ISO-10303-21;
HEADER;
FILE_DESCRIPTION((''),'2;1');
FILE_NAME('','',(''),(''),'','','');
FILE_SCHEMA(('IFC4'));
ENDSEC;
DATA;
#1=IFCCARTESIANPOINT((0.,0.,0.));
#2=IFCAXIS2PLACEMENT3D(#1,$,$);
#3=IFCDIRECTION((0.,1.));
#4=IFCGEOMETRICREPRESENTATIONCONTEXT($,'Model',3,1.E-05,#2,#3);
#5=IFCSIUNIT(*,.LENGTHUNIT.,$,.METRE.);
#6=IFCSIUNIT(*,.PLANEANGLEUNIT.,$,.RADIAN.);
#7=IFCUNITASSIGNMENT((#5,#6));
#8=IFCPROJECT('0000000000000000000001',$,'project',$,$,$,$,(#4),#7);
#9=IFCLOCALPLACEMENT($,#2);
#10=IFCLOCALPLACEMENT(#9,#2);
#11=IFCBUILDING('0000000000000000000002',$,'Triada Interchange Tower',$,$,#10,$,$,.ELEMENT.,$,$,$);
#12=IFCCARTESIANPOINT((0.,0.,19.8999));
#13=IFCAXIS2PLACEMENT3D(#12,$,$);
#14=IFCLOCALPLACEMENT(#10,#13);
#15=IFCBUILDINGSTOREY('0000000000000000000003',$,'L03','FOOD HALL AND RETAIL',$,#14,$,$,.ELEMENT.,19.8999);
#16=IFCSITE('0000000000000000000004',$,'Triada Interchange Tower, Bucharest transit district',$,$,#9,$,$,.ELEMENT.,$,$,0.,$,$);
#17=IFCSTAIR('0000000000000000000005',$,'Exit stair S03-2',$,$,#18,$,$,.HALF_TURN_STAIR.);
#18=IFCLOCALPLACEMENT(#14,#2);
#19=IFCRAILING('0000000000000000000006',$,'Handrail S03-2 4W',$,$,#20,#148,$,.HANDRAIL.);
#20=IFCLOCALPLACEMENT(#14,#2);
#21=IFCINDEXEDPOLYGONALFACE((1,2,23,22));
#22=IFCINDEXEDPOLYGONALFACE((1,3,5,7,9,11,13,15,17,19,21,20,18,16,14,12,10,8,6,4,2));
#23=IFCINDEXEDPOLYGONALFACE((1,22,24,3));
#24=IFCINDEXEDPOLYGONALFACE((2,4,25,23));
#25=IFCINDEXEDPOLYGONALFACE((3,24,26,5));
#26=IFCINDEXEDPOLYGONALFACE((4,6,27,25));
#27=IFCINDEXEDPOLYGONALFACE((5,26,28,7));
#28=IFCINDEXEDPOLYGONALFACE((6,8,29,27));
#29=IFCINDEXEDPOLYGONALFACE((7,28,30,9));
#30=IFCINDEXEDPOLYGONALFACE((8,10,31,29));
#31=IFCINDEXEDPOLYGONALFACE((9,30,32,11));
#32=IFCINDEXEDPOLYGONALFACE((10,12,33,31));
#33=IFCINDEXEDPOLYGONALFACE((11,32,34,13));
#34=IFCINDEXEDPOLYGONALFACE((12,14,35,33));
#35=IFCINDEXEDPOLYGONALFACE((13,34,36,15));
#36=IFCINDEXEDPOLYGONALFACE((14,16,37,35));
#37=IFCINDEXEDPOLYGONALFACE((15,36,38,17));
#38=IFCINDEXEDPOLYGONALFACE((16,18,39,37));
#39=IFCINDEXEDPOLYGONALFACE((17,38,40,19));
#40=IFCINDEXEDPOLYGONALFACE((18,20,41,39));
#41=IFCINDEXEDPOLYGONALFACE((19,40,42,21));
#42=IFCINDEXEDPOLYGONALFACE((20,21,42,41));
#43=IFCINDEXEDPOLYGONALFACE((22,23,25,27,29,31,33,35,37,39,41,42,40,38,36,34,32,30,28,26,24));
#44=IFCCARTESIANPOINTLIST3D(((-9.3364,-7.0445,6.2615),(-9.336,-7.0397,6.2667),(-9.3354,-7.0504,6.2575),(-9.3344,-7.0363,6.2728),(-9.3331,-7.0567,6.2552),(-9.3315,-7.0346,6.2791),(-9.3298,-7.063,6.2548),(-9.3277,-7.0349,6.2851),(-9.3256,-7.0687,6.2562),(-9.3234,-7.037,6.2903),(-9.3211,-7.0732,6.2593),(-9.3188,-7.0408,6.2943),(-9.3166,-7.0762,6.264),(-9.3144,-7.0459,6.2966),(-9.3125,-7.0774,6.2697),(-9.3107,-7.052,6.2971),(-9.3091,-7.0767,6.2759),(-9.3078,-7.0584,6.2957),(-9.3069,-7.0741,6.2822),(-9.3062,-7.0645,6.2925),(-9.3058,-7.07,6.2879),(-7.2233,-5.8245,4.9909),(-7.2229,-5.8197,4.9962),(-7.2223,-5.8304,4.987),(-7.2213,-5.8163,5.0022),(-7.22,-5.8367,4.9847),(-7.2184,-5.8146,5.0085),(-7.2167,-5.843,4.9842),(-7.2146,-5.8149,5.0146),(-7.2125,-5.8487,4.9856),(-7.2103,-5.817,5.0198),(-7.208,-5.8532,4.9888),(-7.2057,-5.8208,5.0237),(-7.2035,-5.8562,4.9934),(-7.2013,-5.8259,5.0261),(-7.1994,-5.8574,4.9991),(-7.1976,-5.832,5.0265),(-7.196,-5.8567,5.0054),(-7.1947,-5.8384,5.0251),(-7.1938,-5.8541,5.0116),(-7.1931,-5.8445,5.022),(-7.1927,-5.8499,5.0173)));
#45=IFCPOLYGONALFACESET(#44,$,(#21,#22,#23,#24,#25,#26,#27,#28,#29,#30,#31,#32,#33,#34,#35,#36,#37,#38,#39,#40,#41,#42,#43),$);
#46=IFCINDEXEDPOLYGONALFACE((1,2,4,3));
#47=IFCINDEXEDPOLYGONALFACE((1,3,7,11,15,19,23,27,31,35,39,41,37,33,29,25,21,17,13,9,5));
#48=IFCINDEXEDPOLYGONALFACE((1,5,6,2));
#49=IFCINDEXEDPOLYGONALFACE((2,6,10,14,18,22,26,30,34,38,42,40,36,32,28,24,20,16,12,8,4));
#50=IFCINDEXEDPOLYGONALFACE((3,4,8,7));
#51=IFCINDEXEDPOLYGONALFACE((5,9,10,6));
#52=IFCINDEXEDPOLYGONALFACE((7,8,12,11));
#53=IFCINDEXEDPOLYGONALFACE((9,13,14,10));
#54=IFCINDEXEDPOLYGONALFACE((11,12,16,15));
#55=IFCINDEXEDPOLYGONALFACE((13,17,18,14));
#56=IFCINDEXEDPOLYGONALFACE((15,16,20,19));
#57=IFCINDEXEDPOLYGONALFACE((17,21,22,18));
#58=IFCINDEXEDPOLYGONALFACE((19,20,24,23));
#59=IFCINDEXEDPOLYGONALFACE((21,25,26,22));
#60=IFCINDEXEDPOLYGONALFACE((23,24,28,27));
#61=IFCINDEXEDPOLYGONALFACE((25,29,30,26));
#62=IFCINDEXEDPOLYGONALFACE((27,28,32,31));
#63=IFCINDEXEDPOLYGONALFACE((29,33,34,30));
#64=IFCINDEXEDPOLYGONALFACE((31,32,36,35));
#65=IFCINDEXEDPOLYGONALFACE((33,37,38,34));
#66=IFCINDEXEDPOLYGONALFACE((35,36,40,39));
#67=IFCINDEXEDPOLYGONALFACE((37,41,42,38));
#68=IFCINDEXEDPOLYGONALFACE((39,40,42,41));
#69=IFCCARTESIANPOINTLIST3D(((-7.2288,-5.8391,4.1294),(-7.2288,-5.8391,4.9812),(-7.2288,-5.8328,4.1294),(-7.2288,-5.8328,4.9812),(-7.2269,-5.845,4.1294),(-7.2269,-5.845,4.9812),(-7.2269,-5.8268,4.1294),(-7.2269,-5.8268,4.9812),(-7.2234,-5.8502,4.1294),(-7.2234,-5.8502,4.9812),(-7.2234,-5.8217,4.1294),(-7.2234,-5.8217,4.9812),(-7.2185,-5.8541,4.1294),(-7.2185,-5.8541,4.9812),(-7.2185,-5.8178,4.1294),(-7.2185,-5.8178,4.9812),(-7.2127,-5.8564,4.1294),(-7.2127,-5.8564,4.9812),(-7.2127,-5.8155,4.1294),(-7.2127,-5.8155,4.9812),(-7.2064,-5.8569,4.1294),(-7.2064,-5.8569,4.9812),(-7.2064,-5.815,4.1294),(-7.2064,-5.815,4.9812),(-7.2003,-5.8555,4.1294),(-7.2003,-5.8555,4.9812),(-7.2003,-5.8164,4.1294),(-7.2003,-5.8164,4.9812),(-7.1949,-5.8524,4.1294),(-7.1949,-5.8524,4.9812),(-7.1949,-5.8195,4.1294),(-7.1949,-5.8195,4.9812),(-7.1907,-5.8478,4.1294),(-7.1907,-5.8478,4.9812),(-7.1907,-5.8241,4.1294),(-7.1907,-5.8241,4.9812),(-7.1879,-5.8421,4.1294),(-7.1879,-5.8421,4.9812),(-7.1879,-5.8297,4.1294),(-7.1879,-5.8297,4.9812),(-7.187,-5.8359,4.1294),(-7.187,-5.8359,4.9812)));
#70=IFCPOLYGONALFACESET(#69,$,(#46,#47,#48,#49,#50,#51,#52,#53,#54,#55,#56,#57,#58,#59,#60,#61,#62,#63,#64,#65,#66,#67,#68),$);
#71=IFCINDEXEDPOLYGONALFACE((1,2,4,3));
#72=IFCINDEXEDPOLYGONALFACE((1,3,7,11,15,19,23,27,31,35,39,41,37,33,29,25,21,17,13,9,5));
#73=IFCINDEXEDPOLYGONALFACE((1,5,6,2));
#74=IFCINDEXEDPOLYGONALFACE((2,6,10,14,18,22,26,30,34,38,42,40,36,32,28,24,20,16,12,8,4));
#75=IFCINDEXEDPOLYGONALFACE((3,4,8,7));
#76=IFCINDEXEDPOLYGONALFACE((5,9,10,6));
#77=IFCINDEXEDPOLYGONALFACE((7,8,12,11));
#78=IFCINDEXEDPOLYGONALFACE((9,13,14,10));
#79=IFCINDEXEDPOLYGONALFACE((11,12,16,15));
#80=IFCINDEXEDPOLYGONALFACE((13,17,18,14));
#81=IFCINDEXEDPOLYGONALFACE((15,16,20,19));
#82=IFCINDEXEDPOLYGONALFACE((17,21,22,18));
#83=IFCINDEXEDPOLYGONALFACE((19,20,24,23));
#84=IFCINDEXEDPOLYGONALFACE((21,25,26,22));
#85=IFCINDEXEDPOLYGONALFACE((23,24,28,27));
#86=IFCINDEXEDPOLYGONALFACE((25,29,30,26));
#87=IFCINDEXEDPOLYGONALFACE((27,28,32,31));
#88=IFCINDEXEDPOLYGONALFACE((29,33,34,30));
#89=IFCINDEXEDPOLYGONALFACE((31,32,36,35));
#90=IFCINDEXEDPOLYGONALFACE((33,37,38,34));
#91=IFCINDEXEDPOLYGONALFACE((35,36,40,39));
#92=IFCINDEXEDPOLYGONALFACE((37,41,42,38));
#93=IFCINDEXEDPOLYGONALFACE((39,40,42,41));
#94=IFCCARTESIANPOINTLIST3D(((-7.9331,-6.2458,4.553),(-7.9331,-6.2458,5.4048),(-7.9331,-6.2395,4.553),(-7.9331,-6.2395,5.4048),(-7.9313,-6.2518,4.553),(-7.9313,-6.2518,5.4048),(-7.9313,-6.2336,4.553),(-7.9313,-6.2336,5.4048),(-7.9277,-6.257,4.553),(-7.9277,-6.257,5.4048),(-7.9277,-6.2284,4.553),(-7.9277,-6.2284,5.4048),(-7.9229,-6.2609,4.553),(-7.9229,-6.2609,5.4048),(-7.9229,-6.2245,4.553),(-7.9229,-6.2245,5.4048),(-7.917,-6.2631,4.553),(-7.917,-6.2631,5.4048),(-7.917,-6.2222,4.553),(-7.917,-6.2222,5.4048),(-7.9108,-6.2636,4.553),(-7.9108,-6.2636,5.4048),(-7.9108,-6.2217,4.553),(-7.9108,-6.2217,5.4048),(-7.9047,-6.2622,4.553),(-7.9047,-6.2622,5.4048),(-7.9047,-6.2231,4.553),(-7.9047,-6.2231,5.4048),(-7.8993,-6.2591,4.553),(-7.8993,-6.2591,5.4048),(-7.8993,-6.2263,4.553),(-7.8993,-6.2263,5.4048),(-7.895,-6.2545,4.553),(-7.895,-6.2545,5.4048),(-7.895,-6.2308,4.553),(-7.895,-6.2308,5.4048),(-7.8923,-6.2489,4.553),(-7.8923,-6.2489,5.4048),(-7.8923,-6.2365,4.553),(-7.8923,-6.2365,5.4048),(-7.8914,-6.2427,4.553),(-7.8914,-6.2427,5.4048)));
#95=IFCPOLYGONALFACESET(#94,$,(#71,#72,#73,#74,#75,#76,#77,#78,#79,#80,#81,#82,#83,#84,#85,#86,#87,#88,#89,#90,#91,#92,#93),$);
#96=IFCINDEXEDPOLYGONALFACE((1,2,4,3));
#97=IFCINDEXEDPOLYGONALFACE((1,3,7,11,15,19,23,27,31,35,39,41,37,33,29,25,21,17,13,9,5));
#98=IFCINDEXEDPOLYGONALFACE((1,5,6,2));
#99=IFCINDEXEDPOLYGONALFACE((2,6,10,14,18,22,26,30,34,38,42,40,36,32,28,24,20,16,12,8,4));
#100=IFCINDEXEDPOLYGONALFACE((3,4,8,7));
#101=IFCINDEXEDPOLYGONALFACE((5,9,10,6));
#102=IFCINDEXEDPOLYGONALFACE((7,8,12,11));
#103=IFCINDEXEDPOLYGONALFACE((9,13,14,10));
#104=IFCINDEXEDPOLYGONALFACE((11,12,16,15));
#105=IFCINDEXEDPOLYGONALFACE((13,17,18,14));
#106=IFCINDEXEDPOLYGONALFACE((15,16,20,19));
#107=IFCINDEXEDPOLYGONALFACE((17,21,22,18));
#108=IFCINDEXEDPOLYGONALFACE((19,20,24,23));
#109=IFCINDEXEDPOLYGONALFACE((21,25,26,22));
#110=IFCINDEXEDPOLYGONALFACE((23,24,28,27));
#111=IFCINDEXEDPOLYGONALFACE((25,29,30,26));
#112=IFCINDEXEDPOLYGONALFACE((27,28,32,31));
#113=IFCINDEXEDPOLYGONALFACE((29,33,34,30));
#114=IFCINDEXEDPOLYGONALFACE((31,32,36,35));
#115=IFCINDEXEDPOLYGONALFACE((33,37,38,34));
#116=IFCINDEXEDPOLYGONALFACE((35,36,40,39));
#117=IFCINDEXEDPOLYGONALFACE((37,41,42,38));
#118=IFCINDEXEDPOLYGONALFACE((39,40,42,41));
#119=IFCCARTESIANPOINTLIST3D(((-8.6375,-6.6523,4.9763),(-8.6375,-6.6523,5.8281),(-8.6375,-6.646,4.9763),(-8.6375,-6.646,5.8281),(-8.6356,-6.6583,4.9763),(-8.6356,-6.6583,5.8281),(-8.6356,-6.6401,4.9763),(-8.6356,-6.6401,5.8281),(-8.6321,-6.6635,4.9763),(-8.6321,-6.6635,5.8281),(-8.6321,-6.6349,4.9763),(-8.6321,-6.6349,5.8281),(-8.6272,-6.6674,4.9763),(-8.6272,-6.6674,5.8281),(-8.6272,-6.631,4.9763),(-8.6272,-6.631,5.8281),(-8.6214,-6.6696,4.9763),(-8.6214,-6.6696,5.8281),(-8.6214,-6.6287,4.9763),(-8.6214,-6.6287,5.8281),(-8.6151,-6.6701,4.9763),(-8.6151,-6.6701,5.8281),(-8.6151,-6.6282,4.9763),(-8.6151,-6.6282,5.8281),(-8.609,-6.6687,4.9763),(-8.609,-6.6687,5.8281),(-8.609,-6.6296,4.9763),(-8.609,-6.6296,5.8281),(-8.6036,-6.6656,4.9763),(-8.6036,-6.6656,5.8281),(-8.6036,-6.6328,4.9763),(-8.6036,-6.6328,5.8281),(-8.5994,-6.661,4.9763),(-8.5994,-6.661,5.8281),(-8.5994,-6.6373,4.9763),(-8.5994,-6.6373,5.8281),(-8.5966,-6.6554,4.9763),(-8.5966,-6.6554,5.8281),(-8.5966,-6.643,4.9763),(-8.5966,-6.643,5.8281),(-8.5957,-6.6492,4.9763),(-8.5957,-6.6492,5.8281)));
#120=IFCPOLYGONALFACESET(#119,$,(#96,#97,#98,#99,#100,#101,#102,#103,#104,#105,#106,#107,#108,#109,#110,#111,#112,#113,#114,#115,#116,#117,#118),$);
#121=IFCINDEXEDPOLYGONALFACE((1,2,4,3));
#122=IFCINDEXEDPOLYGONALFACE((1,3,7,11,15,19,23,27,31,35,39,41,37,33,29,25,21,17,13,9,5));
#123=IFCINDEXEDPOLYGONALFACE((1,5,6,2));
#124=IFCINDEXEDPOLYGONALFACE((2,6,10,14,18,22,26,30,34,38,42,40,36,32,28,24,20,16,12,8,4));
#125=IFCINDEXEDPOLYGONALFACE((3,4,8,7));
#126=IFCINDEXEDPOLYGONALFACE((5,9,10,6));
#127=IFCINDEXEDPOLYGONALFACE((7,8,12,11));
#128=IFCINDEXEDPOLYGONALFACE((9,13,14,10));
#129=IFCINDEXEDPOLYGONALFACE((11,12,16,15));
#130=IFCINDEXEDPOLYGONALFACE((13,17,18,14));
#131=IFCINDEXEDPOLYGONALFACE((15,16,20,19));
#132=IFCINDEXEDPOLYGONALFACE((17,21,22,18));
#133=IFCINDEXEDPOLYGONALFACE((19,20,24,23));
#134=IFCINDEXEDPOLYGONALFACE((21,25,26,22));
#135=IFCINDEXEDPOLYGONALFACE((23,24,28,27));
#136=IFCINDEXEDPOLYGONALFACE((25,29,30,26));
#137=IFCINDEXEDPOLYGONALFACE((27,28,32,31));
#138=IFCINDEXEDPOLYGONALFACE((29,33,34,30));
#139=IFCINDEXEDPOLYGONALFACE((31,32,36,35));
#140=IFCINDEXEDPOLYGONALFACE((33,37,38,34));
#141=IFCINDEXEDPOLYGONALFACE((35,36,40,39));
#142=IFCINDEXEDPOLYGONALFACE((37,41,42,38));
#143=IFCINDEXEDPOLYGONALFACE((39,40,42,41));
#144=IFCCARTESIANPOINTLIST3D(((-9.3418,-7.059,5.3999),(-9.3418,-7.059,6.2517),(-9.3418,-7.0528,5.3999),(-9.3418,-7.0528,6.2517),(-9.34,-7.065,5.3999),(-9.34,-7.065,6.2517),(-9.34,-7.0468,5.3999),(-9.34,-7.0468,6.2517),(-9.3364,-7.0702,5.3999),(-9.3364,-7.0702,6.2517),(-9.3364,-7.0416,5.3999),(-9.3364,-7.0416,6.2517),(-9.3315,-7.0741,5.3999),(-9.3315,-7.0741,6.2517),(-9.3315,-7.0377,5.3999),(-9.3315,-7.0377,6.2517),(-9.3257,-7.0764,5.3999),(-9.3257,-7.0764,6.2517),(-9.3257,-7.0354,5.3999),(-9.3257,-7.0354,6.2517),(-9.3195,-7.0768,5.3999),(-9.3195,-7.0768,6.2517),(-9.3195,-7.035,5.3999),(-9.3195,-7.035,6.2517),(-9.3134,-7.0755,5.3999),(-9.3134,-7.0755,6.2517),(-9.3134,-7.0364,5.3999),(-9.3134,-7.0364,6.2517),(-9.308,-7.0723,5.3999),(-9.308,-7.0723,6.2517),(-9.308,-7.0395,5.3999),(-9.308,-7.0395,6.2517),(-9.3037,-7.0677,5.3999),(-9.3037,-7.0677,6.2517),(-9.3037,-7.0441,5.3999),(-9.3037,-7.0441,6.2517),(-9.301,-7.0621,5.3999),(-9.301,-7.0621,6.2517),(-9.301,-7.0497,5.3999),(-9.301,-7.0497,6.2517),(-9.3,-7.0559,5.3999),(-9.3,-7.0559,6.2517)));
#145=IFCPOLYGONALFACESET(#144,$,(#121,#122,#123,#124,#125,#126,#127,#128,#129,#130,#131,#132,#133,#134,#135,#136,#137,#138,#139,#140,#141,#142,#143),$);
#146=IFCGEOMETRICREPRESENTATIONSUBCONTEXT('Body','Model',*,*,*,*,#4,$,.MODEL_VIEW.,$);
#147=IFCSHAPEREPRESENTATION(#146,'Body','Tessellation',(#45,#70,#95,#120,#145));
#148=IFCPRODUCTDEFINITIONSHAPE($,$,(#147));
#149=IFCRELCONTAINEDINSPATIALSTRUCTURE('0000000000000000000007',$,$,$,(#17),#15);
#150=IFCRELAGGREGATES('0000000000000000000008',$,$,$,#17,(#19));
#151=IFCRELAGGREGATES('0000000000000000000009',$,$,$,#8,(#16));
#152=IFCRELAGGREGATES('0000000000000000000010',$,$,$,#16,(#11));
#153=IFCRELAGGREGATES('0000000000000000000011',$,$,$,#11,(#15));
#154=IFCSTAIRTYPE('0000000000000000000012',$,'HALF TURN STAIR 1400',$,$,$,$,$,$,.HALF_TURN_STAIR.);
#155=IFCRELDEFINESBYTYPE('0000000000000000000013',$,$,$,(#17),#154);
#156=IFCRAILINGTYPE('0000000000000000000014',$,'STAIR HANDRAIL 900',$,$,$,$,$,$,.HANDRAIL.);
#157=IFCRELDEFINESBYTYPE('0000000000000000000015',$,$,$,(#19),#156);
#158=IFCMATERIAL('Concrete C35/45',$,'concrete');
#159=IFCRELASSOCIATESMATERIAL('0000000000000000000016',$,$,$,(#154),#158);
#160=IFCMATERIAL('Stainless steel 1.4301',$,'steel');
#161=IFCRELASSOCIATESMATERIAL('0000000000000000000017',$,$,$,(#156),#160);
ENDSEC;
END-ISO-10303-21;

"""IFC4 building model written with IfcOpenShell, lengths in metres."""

from ifc_helpers import new_model, si_unit, direction, frame, origin, origin_2d, place, context, subcontext, project, spatial, circle, extrude, material, type_object, element, aggregate, save


model = new_model("IFC4")

# Units and contexts
model_context = context("Model", 3, precision=1e-05, world=origin(), true_north=direction((0.0, 1.0)))
body_context = subcontext(model_context, "Body", "Model", "MODEL_VIEW")
ifc_project = project(units=[si_unit("LENGTHUNIT", "METRE"), si_unit("PLANEANGLEUNIT", "RADIAN")], contexts=[model_context])

# Site, building, storey
site_placement = place(None, origin())
site = spatial("IfcSite", under=ifc_project, at=site_placement, Name="Triada Interchange Tower, Bucharest transit district", CompositionType="ELEMENT", RefElevation=0.0)
building_placement = place(site_placement, origin())
building = spatial("IfcBuilding", under=site, at=building_placement, Name="Triada Interchange Tower", CompositionType="ELEMENT")
storey_placement = place(building_placement, frame((0.0, 0.0, 19.8999)))
storey = spatial("IfcBuildingStorey", under=building, at=storey_placement, Name="L03", Description="FOOD HALL AND RETAIL", CompositionType="ELEMENT", Elevation=19.8999)

# Shared definitions
ifc_material_1 = material(Name="Concrete C35/45", Category="concrete")

# Stair, railing
stair_type = type_object("IfcStairType", Name="HALF TURN STAIR 1400", PredefinedType="HALF_TURN_STAIR", material=ifc_material_1)
stair_placement = place(storey_placement, origin())
stair = element("IfcStair", 1, at=stair_placement, inside=storey, type_object=stair_type, Name="Exit stair S03-2", PredefinedType="HALF_TURN_STAIR")
ifc_material_2 = material(Name="Stainless steel 1.4301", Category="steel")
railing_type = type_object("IfcRailingType", Name="STAIR HANDRAIL 900", PredefinedType="HANDRAIL", material=ifc_material_2)
railing_1_placement = place(storey_placement, frame((-7.208, -5.8359, 4.1294)))
railing_1 = element("IfcRailing", 2, at=railing_1_placement, type_object=railing_type, Name="Handrail S03-2 4W", PredefinedType="HANDRAIL", context=body_context, shape_type="SweptSolid", body=[
    extrude(circle(Radius=0.0239, at=origin_2d()), frame((0.0, 0.0, 0.876), z_axis=(-0.768126, -0.443481, 0.461852), x_axis=(0.500003, -0.866024, 0.0)), (0.0, 0.0, 1.0), 2.751),
    extrude(circle(Radius=0.021, at=origin_2d()), origin(), (0.0, 0.0, 1.0), 0.8518),
    extrude(circle(Radius=0.021, at=origin_2d()), frame((-0.7043, -0.4067, 0.4236)), (0.0, 0.0, 1.0), 0.8518),
    extrude(circle(Radius=0.021, at=origin_2d()), frame((-1.4087, -0.8132, 0.8469)), (0.0, 0.0, 1.0), 0.8518),
    extrude(circle(Radius=0.021, at=origin_2d()), frame((-2.113, -1.22, 1.2705)), (0.0, 0.0, 1.0), 0.8518),
])
aggregate(stair, [railing_1])

save(model, "model.ifc")
